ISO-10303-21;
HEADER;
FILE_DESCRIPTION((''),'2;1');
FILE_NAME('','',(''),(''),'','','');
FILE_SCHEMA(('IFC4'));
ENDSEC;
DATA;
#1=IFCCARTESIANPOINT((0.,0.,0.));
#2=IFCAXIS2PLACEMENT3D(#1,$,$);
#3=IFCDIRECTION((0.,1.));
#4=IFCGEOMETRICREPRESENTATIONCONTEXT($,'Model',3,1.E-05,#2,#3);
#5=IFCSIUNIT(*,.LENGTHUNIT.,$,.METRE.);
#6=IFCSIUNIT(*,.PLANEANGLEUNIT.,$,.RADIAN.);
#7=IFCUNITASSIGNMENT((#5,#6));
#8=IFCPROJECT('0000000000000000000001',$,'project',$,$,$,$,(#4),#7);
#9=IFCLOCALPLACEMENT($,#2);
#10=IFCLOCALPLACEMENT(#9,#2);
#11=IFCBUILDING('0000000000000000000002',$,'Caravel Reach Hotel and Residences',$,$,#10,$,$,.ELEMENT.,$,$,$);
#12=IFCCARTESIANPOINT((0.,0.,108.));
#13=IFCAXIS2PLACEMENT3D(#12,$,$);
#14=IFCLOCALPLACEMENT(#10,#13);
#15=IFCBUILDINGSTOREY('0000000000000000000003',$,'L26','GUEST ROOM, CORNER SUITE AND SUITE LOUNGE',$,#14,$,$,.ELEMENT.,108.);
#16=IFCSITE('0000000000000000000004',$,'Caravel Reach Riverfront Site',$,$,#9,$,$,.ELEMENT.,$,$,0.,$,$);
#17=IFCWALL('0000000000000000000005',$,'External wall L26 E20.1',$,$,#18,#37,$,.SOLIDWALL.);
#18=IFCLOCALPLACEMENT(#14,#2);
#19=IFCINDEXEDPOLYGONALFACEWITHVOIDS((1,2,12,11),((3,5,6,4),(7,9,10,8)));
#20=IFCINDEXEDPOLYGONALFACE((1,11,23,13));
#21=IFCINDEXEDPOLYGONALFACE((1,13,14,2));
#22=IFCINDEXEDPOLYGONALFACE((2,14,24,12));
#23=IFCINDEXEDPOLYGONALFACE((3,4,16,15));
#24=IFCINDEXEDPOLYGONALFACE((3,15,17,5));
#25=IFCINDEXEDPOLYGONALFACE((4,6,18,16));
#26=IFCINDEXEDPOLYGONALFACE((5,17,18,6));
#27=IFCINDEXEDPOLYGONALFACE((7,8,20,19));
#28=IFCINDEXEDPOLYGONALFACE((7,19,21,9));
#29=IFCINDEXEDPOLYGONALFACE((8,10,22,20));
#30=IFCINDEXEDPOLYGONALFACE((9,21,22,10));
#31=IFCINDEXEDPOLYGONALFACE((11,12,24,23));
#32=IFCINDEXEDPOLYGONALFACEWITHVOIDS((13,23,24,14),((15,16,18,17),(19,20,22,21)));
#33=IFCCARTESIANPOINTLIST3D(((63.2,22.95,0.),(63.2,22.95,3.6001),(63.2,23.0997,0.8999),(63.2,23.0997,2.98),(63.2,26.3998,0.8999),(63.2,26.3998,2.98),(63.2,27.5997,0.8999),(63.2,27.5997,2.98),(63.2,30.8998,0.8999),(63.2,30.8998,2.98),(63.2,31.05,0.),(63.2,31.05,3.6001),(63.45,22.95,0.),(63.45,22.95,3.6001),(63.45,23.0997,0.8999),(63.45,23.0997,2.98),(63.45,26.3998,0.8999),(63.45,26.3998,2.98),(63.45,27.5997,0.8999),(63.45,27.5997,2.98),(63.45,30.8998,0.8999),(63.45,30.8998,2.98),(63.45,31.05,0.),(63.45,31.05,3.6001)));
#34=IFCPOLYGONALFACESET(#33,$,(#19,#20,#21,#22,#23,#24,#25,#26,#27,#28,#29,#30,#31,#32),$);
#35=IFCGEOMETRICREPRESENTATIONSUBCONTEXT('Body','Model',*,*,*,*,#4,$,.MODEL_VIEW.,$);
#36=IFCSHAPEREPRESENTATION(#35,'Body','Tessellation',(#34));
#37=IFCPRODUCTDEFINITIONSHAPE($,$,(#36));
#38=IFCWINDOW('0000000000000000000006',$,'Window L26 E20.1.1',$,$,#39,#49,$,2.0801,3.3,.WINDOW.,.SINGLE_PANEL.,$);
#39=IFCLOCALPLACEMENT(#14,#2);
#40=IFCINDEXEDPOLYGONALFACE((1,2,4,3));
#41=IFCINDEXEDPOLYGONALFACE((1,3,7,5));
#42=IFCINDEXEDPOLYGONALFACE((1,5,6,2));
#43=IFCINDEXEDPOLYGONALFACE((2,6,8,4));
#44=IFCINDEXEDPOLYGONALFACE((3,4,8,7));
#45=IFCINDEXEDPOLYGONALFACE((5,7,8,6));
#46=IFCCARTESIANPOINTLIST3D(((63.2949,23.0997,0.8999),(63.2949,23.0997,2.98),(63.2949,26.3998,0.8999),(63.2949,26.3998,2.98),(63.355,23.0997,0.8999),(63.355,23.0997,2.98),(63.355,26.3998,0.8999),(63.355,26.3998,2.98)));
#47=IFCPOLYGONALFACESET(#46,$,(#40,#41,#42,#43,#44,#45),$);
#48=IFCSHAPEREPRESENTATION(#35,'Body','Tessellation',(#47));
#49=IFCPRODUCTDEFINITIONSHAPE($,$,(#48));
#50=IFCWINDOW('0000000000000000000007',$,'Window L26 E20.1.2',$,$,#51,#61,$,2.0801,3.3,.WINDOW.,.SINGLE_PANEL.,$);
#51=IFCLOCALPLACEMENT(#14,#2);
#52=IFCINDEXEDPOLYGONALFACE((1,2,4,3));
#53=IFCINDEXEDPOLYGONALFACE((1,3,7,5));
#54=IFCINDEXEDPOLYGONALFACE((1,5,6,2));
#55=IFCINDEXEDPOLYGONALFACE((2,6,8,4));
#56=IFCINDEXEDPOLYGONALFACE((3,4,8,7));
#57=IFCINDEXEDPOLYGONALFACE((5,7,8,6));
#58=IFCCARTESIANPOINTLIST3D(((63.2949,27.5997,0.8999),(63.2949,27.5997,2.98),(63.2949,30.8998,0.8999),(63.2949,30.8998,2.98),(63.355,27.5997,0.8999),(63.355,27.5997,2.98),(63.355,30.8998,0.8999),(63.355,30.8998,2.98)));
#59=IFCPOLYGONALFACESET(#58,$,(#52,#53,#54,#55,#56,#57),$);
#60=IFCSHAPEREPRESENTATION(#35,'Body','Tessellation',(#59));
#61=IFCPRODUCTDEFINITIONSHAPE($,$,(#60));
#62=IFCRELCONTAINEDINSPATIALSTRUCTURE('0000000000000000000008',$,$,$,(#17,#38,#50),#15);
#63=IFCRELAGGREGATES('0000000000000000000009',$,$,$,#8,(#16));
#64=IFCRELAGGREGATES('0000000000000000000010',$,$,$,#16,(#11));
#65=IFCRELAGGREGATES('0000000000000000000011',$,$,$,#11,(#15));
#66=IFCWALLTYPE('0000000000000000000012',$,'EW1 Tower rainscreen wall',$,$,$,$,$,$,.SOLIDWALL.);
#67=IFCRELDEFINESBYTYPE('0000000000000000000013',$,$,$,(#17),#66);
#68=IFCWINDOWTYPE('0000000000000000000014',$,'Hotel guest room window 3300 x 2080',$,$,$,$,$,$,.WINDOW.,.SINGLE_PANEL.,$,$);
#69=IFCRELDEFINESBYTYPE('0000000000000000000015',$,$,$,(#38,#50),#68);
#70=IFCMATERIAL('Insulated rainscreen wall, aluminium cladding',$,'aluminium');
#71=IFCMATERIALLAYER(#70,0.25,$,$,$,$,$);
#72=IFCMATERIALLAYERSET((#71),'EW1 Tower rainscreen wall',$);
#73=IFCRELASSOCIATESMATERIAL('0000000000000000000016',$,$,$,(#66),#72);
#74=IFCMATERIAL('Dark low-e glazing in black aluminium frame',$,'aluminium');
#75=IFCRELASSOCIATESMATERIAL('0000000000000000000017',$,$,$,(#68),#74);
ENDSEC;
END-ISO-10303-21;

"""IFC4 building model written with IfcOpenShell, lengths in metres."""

from ifc_helpers import new_model, si_unit, direction, frame, frame_2d, origin, place, context, subcontext, project, spatial, rectangle, extrude, material, layer, layer_set, type_object, element, fill, save


model = new_model("IFC4")

# Units and contexts
model_context = context("Model", 3, precision=1e-05, world=origin(), true_north=direction((0.0, 1.0)))
body_context = subcontext(model_context, "Body", "Model", "MODEL_VIEW")
ifc_project = project(units=[si_unit("LENGTHUNIT", "METRE"), si_unit("PLANEANGLEUNIT", "RADIAN")], contexts=[model_context])

# Site, building, storey
site_placement = place(None, origin())
site = spatial("IfcSite", under=ifc_project, at=site_placement, Name="Caravel Reach Riverfront Site", CompositionType="ELEMENT", RefElevation=0.0)
building_placement = place(site_placement, origin())
building = spatial("IfcBuilding", under=site, at=building_placement, Name="Caravel Reach Hotel and Residences", CompositionType="ELEMENT")
storey_placement = place(building_placement, frame((0.0, 0.0, 108.0)))
storey = spatial("IfcBuildingStorey", under=building, at=storey_placement, Name="L26", Description="GUEST ROOM, CORNER SUITE AND SUITE LOUNGE", CompositionType="ELEMENT", Elevation=108.0)

# Shared definitions
ifc_material_1 = material(Name="Insulated rainscreen wall, aluminium cladding", Category="aluminium")
ifc_layer = layer(ifc_material_1, 0.25)
ifc_layer_set = layer_set([ifc_layer], Name="EW1 Tower rainscreen wall")
wall_type = type_object("IfcWallType", Name="EW1 Tower rainscreen wall", PredefinedType="SOLIDWALL", material=ifc_layer_set)

# Wall, openings, windows
wall_1_placement = place(storey_placement, frame((63.325, 22.95, 0.0), z_axis=(0.0, 0.0, 1.0), x_axis=(0.0, 1.0, 0.0)))
wall_1 = element("IfcWall", 1, at=wall_1_placement, inside=storey, type_object=wall_type, Name="External wall L26 E20.1", PredefinedType="SOLIDWALL", context=body_context, shape_type="SweptSolid", body=[
    extrude(rectangle(XDim=8.1001, YDim=0.25, at=frame_2d((4.05, 0.0))), origin(), (0.0, 0.0, 1.0), 3.6001),
])
opening_1_placement = place(wall_1_placement, frame((0.1499, 0.0, 0.8999)))
opening_1 = element("IfcOpeningElement", 2, at=opening_1_placement, cuts=wall_1, PredefinedType="OPENING", context=body_context, shape_type="SweptSolid", body=[
    extrude(rectangle(XDim=3.3, YDim=2.0801, at=frame_2d((1.6499, 1.04))), frame((0.0, 0.135, 0.0), z_axis=(0.0, -1.0, 0.0), x_axis=(1.0, 0.0, 0.0)), (0.0, 0.0, 1.0), 0.27),
])
opening_2_placement = place(wall_1_placement, frame((4.6499, 0.0, 0.8999)))
opening_2 = element("IfcOpeningElement", 3, at=opening_2_placement, cuts=wall_1, PredefinedType="OPENING", context=body_context, shape_type="SweptSolid", body=[
    extrude(rectangle(XDim=3.3, YDim=2.0801, at=frame_2d((1.6499, 1.04))), frame((0.0, 0.135, 0.0), z_axis=(0.0, -1.0, 0.0), x_axis=(1.0, 0.0, 0.0)), (0.0, 0.0, 1.0), 0.27),
])
ifc_material_2 = material(Name="Dark low-e glazing in black aluminium frame", Category="aluminium")
window_type_1 = type_object("IfcWindowType", Name="Hotel guest room window 3300 x 2080", PartitioningType="SINGLE_PANEL", PredefinedType="WINDOW", material=ifc_material_2)
window_1_placement = place(opening_1_placement, origin())
window_1 = element("IfcWindow", 4, at=window_1_placement, inside=storey, type_object=window_type_1, Name="Window L26 E20.1.1", OverallHeight=2.0801, OverallWidth=3.3, PartitioningType="SINGLE_PANEL", PredefinedType="WINDOW", context=body_context, shape_type="SweptSolid", body=[
    extrude(rectangle(XDim=3.3, YDim=2.0801, at=frame_2d((1.6499, 1.04))), frame((0.0, 0.03, 0.0), z_axis=(0.0, -1.0, 0.0), x_axis=(1.0, 0.0, 0.0)), (0.0, 0.0, 1.0), 0.0601),
])
fill(opening_1, window_1)
window_2_placement = place(opening_2_placement, origin())
window_2 = element("IfcWindow", 5, at=window_2_placement, inside=storey, type_object=window_type_1, Name="Window L26 E20.1.2", OverallHeight=2.0801, OverallWidth=3.3, PartitioningType="SINGLE_PANEL", PredefinedType="WINDOW", context=body_context, shape_type="SweptSolid", body=[
    extrude(rectangle(XDim=3.3, YDim=2.0801, at=frame_2d((1.6499, 1.04))), frame((0.0, 0.03, 0.0), z_axis=(0.0, -1.0, 0.0), x_axis=(1.0, 0.0, 0.0)), (0.0, 0.0, 1.0), 0.0601),
])
fill(opening_2, window_2)

save(model, "model.ifc")
